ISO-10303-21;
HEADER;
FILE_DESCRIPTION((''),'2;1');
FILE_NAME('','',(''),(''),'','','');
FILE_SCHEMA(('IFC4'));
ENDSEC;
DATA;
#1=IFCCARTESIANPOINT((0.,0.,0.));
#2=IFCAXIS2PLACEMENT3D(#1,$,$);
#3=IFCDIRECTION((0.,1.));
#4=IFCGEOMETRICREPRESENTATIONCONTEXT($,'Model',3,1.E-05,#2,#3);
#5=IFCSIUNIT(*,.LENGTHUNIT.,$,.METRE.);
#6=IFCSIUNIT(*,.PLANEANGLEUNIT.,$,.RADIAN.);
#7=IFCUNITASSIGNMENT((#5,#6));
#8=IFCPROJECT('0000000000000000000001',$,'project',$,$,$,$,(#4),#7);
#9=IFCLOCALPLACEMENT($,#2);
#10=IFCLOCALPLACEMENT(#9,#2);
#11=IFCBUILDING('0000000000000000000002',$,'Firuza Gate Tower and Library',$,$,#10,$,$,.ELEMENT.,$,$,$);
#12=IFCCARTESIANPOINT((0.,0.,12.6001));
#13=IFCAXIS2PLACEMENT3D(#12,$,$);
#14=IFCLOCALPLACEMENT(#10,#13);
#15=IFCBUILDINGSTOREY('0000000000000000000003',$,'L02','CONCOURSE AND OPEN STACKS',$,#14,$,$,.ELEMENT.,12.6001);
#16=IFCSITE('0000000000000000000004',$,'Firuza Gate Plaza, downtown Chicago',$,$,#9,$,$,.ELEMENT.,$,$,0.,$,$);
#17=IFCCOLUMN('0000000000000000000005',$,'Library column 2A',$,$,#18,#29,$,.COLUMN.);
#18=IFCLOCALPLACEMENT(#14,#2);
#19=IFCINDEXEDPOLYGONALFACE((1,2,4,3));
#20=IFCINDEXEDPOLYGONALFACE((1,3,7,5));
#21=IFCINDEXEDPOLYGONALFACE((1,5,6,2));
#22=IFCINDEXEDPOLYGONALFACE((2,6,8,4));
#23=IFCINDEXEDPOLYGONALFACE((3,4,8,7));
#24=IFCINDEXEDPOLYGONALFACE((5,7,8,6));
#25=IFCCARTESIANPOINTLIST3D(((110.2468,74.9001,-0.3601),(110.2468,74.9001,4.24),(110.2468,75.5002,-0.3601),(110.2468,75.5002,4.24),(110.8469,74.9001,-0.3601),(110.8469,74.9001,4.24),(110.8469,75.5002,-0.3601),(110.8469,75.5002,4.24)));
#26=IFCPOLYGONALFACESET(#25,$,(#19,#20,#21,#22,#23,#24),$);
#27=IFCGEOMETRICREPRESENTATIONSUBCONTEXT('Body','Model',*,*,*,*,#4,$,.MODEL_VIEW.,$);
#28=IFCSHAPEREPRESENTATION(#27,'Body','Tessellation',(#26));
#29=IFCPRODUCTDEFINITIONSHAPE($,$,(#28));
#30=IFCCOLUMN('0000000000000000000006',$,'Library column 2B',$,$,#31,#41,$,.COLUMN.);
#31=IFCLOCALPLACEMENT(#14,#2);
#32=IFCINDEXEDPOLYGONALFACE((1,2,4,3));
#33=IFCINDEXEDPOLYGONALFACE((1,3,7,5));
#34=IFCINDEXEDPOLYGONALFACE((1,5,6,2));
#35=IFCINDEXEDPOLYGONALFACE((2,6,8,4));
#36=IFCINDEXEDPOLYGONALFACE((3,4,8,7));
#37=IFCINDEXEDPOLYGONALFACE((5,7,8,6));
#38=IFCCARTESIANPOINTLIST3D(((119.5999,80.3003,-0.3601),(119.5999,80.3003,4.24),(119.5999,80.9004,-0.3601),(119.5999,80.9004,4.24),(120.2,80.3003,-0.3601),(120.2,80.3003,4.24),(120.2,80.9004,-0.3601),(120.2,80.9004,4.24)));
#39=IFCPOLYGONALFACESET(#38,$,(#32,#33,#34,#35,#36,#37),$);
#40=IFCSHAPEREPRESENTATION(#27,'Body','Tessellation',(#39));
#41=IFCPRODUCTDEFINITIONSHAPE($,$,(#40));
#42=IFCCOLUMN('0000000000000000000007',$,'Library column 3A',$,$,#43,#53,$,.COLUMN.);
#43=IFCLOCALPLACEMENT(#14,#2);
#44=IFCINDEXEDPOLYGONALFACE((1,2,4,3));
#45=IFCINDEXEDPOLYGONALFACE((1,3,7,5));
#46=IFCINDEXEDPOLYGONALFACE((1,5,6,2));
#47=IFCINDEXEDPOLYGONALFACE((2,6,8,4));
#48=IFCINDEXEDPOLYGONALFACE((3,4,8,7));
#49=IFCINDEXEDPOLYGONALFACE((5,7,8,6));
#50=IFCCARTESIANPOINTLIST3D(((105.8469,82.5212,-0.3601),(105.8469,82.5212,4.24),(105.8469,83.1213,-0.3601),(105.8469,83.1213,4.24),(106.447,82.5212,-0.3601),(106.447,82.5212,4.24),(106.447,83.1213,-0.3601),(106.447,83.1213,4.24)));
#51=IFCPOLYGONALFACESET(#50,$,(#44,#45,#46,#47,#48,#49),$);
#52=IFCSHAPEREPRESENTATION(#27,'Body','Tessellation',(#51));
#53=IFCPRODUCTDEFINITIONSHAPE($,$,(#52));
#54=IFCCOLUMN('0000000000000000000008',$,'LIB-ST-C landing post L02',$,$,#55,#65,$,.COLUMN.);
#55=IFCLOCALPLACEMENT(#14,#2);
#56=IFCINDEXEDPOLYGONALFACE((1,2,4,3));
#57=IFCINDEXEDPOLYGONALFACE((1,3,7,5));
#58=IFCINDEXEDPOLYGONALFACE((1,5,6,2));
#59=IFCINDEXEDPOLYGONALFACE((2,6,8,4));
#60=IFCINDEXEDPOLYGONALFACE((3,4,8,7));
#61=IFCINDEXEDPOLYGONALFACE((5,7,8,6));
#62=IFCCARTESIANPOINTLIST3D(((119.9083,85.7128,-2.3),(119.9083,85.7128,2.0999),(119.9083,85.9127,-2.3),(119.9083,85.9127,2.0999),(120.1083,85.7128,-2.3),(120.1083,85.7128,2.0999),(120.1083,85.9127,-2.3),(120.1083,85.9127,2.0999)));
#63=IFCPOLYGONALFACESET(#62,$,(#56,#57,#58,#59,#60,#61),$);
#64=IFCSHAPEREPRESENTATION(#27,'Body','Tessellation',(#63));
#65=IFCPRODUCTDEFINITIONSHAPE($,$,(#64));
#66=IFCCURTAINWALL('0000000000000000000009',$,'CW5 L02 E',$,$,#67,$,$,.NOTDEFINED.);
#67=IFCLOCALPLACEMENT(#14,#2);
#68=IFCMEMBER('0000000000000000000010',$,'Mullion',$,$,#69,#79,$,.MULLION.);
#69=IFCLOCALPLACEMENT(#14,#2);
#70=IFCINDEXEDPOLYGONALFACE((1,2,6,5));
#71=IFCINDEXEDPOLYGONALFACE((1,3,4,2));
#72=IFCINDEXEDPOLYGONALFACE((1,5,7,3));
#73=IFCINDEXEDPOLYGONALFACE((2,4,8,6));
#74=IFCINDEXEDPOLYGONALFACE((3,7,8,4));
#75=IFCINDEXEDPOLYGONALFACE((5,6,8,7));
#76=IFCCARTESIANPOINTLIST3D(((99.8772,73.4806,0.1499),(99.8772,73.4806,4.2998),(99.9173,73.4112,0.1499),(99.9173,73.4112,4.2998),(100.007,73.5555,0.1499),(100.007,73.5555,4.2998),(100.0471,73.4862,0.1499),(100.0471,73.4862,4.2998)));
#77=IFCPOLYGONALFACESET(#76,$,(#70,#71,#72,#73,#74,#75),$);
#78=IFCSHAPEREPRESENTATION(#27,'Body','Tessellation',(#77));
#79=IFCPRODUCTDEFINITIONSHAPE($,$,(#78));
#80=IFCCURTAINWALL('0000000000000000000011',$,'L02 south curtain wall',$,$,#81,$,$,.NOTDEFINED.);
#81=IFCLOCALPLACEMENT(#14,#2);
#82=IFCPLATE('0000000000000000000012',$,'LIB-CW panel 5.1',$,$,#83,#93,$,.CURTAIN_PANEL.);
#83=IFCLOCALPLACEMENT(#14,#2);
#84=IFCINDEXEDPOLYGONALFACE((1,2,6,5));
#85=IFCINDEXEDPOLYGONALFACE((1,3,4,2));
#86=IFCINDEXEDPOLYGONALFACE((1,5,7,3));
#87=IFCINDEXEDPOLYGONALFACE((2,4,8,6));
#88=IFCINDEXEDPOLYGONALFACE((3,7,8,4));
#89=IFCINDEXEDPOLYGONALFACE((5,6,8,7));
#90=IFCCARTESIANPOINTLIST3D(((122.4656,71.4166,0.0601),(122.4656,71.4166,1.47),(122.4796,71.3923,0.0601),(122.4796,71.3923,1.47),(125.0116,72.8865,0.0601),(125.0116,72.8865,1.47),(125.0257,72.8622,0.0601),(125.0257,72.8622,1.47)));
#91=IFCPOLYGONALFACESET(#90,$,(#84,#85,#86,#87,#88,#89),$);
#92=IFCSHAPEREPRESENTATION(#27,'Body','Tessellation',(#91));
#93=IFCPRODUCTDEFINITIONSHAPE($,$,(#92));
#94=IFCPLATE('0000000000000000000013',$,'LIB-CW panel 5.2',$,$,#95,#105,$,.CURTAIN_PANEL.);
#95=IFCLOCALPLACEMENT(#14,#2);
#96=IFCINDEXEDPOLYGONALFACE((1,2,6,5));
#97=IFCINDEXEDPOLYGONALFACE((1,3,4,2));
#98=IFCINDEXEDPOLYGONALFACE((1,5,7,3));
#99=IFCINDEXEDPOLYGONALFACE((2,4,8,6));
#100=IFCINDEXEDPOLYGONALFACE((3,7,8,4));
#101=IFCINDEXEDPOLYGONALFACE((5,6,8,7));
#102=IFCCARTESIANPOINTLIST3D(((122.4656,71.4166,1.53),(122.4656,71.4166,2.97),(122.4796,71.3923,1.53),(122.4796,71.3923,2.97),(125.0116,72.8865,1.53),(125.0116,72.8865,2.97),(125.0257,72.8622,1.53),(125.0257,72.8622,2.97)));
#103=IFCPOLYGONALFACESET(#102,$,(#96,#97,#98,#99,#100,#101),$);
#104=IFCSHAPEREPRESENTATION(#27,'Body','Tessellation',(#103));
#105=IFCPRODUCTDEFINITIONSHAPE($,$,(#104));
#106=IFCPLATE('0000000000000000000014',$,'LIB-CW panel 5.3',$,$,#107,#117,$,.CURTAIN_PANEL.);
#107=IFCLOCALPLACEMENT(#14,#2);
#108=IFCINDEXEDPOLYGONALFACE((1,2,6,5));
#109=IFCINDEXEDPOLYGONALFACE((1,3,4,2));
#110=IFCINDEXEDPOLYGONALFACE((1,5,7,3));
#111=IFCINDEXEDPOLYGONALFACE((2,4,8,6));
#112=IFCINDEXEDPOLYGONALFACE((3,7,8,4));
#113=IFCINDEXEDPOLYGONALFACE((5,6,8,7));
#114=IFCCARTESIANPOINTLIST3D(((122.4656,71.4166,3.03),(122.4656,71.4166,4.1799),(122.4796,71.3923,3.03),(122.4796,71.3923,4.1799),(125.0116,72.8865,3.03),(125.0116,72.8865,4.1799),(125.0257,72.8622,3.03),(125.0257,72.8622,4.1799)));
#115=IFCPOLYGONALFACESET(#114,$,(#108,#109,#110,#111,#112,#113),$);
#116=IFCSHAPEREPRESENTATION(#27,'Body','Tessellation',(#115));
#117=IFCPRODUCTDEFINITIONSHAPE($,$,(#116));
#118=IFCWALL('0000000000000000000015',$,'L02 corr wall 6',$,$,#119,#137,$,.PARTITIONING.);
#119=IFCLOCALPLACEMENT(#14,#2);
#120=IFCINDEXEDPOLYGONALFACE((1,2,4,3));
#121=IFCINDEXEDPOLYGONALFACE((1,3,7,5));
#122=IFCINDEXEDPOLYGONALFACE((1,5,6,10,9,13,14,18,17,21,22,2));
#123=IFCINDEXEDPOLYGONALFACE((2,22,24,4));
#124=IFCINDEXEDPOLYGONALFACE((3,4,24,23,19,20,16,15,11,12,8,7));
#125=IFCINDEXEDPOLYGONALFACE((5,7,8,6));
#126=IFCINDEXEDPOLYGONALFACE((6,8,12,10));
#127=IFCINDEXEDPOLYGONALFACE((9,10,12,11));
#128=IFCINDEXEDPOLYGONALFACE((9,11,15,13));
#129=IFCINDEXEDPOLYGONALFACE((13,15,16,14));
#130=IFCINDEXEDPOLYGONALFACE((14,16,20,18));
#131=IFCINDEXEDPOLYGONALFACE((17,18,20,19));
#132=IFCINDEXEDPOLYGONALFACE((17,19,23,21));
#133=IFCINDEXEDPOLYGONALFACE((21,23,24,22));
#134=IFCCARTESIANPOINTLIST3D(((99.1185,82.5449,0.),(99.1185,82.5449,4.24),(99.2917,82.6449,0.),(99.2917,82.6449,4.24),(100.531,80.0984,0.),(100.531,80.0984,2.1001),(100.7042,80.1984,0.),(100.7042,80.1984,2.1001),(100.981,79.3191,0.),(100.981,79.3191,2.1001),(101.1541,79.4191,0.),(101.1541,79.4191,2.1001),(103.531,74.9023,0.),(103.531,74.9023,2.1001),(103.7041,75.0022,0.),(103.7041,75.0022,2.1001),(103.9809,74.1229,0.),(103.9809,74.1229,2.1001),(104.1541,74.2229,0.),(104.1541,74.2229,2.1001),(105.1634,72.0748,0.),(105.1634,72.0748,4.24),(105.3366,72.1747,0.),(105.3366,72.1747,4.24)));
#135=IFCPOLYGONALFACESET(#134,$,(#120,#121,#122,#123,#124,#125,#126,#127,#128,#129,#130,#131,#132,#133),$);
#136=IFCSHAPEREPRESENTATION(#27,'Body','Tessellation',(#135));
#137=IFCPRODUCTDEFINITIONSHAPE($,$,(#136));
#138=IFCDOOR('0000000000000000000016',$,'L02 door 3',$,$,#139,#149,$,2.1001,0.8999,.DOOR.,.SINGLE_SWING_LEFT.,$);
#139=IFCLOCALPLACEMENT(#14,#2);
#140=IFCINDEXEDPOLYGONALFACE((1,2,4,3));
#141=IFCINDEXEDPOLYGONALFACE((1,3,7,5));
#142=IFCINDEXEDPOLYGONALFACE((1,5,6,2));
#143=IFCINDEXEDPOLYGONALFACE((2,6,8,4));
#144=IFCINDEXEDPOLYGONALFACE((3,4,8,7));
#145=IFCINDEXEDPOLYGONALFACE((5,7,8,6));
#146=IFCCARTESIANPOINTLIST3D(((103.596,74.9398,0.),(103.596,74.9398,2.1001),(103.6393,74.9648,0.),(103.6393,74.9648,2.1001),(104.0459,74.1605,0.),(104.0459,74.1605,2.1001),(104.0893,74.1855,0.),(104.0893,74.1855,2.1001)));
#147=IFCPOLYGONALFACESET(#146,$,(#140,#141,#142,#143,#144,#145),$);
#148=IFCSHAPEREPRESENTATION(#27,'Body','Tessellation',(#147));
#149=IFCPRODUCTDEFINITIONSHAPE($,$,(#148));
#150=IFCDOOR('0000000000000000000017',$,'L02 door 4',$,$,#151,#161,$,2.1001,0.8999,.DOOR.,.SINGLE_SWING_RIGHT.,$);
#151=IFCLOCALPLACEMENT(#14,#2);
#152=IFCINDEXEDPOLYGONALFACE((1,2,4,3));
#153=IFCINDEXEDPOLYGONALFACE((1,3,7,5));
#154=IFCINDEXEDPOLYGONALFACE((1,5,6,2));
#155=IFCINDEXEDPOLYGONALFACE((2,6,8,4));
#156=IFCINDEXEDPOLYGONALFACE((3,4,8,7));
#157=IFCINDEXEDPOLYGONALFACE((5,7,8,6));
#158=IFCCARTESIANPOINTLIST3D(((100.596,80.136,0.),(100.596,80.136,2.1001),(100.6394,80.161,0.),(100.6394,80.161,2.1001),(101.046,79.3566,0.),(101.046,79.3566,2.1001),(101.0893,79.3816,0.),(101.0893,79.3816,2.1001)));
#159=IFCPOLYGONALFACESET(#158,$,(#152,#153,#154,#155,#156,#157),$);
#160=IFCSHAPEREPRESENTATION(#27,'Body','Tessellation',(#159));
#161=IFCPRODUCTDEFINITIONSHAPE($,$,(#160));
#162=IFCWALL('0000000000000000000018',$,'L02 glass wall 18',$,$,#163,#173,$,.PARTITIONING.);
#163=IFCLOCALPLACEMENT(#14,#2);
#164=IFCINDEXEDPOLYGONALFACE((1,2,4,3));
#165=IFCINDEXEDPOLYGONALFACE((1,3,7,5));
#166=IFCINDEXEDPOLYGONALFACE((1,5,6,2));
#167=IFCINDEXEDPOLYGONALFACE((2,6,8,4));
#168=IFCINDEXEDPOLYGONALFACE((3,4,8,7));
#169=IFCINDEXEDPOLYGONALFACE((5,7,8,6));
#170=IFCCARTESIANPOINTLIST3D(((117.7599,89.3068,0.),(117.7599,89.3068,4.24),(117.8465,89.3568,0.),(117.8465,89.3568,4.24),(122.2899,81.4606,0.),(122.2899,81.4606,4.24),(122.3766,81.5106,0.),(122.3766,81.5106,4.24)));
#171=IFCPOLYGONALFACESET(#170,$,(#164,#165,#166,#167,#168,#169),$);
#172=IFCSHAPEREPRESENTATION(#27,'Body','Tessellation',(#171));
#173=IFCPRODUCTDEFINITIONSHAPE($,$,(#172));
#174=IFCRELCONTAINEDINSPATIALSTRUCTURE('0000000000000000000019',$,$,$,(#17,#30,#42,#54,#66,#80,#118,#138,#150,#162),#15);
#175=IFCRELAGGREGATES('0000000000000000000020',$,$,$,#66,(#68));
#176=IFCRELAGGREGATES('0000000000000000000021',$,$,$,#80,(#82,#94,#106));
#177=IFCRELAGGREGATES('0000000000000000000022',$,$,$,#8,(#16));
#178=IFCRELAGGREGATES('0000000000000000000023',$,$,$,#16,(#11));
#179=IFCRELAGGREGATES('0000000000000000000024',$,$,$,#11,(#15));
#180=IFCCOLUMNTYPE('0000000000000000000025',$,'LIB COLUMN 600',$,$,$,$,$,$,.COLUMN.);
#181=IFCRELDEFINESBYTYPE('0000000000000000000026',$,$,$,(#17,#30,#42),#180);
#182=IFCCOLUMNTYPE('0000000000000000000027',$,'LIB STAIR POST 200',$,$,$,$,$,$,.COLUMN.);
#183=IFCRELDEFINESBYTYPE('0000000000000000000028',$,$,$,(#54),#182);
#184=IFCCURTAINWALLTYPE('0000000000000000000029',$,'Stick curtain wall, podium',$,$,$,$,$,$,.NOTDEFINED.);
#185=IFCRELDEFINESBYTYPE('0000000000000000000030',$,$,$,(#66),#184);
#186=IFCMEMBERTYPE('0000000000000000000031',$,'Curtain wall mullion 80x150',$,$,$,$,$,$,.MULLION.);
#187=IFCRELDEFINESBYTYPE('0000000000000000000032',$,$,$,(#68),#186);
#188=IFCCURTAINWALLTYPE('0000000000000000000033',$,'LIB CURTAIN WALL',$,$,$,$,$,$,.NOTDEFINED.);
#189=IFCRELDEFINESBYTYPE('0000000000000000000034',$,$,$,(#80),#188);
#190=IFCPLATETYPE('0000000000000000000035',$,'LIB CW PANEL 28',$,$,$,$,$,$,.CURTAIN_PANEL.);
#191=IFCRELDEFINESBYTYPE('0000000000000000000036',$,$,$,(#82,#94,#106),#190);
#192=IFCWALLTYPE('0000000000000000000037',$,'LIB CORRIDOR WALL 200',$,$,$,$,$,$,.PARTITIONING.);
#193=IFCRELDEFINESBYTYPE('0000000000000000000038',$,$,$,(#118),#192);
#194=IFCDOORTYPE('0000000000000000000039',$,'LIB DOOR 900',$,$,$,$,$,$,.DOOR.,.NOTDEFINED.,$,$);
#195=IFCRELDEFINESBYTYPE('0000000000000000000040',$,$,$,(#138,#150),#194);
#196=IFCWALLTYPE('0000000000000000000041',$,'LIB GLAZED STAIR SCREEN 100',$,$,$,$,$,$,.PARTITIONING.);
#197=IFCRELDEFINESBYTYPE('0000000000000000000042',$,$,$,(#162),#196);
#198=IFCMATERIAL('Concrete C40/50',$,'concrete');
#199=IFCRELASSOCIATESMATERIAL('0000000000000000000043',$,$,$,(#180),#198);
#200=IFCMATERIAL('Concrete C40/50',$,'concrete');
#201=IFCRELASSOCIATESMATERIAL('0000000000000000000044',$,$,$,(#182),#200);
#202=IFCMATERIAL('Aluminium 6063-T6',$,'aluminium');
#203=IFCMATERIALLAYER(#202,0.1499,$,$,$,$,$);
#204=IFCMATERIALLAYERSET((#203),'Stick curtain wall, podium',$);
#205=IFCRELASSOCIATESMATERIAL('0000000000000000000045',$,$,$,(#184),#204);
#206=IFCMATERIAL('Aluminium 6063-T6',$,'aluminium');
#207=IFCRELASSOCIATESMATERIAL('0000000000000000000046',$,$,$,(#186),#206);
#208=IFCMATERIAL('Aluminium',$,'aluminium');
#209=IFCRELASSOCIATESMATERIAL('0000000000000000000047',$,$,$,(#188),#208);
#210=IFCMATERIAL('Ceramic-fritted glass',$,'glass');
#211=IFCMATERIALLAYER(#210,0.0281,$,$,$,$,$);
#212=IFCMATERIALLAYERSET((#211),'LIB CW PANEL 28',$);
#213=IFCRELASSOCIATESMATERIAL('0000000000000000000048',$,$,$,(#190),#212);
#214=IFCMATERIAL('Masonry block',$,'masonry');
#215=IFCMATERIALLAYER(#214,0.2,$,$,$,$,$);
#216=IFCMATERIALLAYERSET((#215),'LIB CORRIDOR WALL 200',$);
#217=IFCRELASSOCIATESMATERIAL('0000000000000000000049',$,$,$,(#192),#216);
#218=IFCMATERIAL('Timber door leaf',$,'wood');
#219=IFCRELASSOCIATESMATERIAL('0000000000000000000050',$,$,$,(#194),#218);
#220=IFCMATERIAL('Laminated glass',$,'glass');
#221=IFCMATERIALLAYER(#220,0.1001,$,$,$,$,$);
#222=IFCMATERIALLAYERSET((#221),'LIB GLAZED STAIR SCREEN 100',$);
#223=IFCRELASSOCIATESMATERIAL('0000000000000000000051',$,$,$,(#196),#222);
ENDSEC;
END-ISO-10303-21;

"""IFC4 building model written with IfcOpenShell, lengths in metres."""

from ifc_helpers import new_model, si_unit, direction, frame, frame_2d, origin, origin_2d, place, context, subcontext, project, spatial, rectangle, extrude, material, layer, layer_set, material_profile, profile_set, type_object, element, fill, aggregate, save


model = new_model("IFC4")

# Units and contexts
model_context = context("Model", 3, precision=1e-05, world=origin(), true_north=direction((0.0, 1.0)))
body_context = subcontext(model_context, "Body", "Model", "MODEL_VIEW")
ifc_project = project(units=[si_unit("LENGTHUNIT", "METRE"), si_unit("PLANEANGLEUNIT", "RADIAN")], contexts=[model_context])

# Site, building, storey
site_placement = place(None, origin())
site = spatial("IfcSite", under=ifc_project, at=site_placement, Name="Firuza Gate Plaza, downtown Chicago", CompositionType="ELEMENT", RefElevation=0.0)
building_placement = place(site_placement, origin())
building = spatial("IfcBuilding", under=site, at=building_placement, Name="Firuza Gate Tower and Library", CompositionType="ELEMENT")
storey_placement = place(building_placement, frame((0.0, 0.0, 12.6001)))
storey = spatial("IfcBuildingStorey", under=building, at=storey_placement, Name="L02", Description="CONCOURSE AND OPEN STACKS", CompositionType="ELEMENT", Elevation=12.6001)

# Columns
ifc_material_1 = material(Name="Concrete C40/50", Category="concrete")
ifc_material_profile_1 = material_profile(ifc_material_1, rectangle(XDim=0.6001, YDim=0.6001, at=origin_2d()))
ifc_profile_set_1 = profile_set([ifc_material_profile_1], Name="Concrete C40/50")
column_type_1 = type_object("IfcColumnType", Name="LIB COLUMN 600", PredefinedType="COLUMN", material=ifc_profile_set_1)
for number, where, z_axis, x_axis, name in (
    (1, (110.5469, 75.2002, -0.3601), (0.0, 0.0, 1.0), (1.0, 0.0, 0.0), "Library column 2A"),
    (2, (119.8999, 80.6003, -0.3601), (0.0, 0.0, 1.0), (1.0, 0.0, 0.0), "Library column 2B"),
    (3, (106.147, 82.8213, -0.3601), (0.0, 0.0, 1.0), (1.0, 0.0, 0.0), "Library column 3A"),
):
    element("IfcColumn", number, at=place(storey_placement, frame(where, z_axis=z_axis, x_axis=x_axis)), inside=storey, type_object=column_type_1, Name=name, PredefinedType="COLUMN", context=body_context, shape_type="SweptSolid", body=[
        extrude(rectangle(XDim=0.6001, YDim=0.6001, at=origin_2d()), origin(), (0.0, 0.0, 1.0), 4.6001),
    ])
ifc_material_2 = material(Name="Concrete C40/50", Category="concrete")
ifc_material_profile_2 = material_profile(ifc_material_2, rectangle(XDim=0.2, YDim=0.2, at=origin_2d()))
ifc_profile_set_2 = profile_set([ifc_material_profile_2], Name="Concrete C40/50")
column_type_2 = type_object("IfcColumnType", Name="LIB STAIR POST 200", PredefinedType="COLUMN", material=ifc_profile_set_2)
column_placement = place(storey_placement, frame((120.0083, 85.8127, -2.3), z_axis=(0.0, 0.0, 1.0), x_axis=(1.0, 0.0, 0.0)))
element("IfcColumn", 4, at=column_placement, inside=storey, type_object=column_type_2, Name="LIB-ST-C landing post L02", PredefinedType="COLUMN", context=body_context, shape_type="SweptSolid", body=[
    extrude(rectangle(XDim=0.2, YDim=0.2, at=origin_2d()), origin(), (0.0, 0.0, 1.0), 4.3999),
])

# Curtain wall, member
ifc_material_3 = material(Name="Aluminium 6063-T6", Category="aluminium")
ifc_layer_1 = layer(ifc_material_3, 0.1499)
ifc_layer_set_1 = layer_set([ifc_layer_1], Name="Stick curtain wall, podium")
curtain_wall_type_1 = type_object("IfcCurtainWallType", Name="Stick curtain wall, podium", PredefinedType="NOTDEFINED", material=ifc_layer_set_1)
placement = place(storey_placement, origin())
curtain_wall_1 = element("IfcCurtainWall", 5, at=placement, inside=storey, type_object=curtain_wall_type_1, Name="CW5 L02 E", PredefinedType="NOTDEFINED")
ifc_material_4 = material(Name="Aluminium 6063-T6", Category="aluminium")
ifc_material_profile_3 = material_profile(ifc_material_4, rectangle(XDim=0.1499, YDim=0.0801, at=origin_2d()))
ifc_profile_set_3 = profile_set([ifc_material_profile_3], Name="Aluminium 6063-T6")
member_type = type_object("IfcMemberType", Name="Curtain wall mullion 80x150", PredefinedType="MULLION", material=ifc_profile_set_3)
member_placement = place(storey_placement, frame((99.9622, 73.4834, 0.1499), z_axis=(0.0, 0.0, 1.0), x_axis=(-0.866025, -0.5, 0.0)))
member = element("IfcMember", 6, at=member_placement, type_object=member_type, Name="Mullion", PredefinedType="MULLION", context=body_context, shape_type="SweptSolid", body=[
    extrude(rectangle(XDim=0.1499, YDim=0.0801, at=origin_2d()), origin(), (0.0, 0.0, 1.0), 4.1499),
])
aggregate(curtain_wall_1, [member])

# Curtain wall, plates
ifc_material_5 = material(Name="Aluminium", Category="aluminium")
curtain_wall_type_2 = type_object("IfcCurtainWallType", Name="LIB CURTAIN WALL", PredefinedType="NOTDEFINED", material=ifc_material_5)
curtain_wall_2 = element("IfcCurtainWall", 7, at=placement, inside=storey, type_object=curtain_wall_type_2, Name="L02 south curtain wall", PredefinedType="NOTDEFINED")
ifc_material_6 = material(Name="Ceramic-fritted glass", Category="glass")
ifc_layer_2 = layer(ifc_material_6, 0.0281)
ifc_layer_set_2 = layer_set([ifc_layer_2], Name="LIB CW PANEL 28")
plate_type = type_object("IfcPlateType", Name="LIB CW PANEL 28", PredefinedType="CURTAIN_PANEL", material=ifc_layer_set_2)
plate_1_placement = place(storey_placement, frame((123.7456, 72.1394, 0.0601), z_axis=(0.0, 0.0, 1.0), x_axis=(0.866025, 0.500001, 0.0)))
plate_1 = element("IfcPlate", 8, at=plate_1_placement, type_object=plate_type, Name="LIB-CW panel 5.1", PredefinedType="CURTAIN_PANEL", context=body_context, shape_type="SweptSolid", body=[
    extrude(rectangle(XDim=2.9399, YDim=0.0281, at=origin_2d()), origin(), (0.0, 0.0, 1.0), 1.4099),
])
plate_2_placement = place(storey_placement, frame((123.7456, 72.1394, 1.53), z_axis=(0.0, 0.0, 1.0), x_axis=(0.866025, 0.500001, 0.0)))
plate_2 = element("IfcPlate", 9, at=plate_2_placement, type_object=plate_type, Name="LIB-CW panel 5.2", PredefinedType="CURTAIN_PANEL", context=body_context, shape_type="SweptSolid", body=[
    extrude(rectangle(XDim=2.9399, YDim=0.0281, at=origin_2d()), origin(), (0.0, 0.0, 1.0), 1.4399),
])
plate_3_placement = place(storey_placement, frame((123.7456, 72.1394, 3.03), z_axis=(0.0, 0.0, 1.0), x_axis=(0.866025, 0.500001, 0.0)))
plate_3 = element("IfcPlate", 10, at=plate_3_placement, type_object=plate_type, Name="LIB-CW panel 5.3", PredefinedType="CURTAIN_PANEL", context=body_context, shape_type="SweptSolid", body=[
    extrude(rectangle(XDim=2.9399, YDim=0.0281, at=origin_2d()), origin(), (0.0, 0.0, 1.0), 1.1499),
])
aggregate(curtain_wall_2, [plate_1, plate_2, plate_3])

# Wall, openings, doors
ifc_material_7 = material(Name="Masonry block", Category="masonry")
ifc_layer_3 = layer(ifc_material_7, 0.2)
ifc_layer_set_3 = layer_set([ifc_layer_3], Name="LIB CORRIDOR WALL 200")
wall_type_1 = type_object("IfcWallType", Name="LIB CORRIDOR WALL 200", PredefinedType="PARTITIONING", material=ifc_layer_set_3)
wall_1_placement = place(storey_placement, frame((105.25, 72.1248, 0.0), z_axis=(0.0, 0.0, 1.0), x_axis=(-0.499996, 0.866028, 0.0)))
wall_1 = element("IfcWall", 11, at=wall_1_placement, inside=storey, type_object=wall_type_1, Name="L02 corr wall 6", PredefinedType="PARTITIONING", context=body_context, shape_type="SweptSolid", body=[
    extrude(rectangle(XDim=12.0898, YDim=0.2, at=frame_2d((6.0449, 0.0))), origin(), (0.0, 0.0, 1.0), 4.24),
])
opening_1_placement = place(wall_1_placement, frame((2.365, 0.0, 0.0)))
opening_1 = element("IfcOpeningElement", 12, at=opening_1_placement, cuts=wall_1, PredefinedType="OPENING", context=body_context, shape_type="SweptSolid", body=[
    extrude(rectangle(XDim=0.8999, YDim=2.1001, at=frame_2d((0.45, 1.05))), frame((0.0, 0.1099, 0.0), z_axis=(0.0, -1.0, 0.0), x_axis=(1.0, 0.0, 0.0)), (0.0, 0.0, 1.0), 0.22),
])
opening_2_placement = place(wall_1_placement, frame((8.365, 0.0, 0.0)))
opening_2 = element("IfcOpeningElement", 13, at=opening_2_placement, cuts=wall_1, PredefinedType="OPENING", context=body_context, shape_type="SweptSolid", body=[
    extrude(rectangle(XDim=0.8999, YDim=2.1001, at=frame_2d((0.45, 1.05))), frame((0.0, 0.1099, 0.0), z_axis=(0.0, -1.0, 0.0), x_axis=(1.0, 0.0, 0.0)), (0.0, 0.0, 1.0), 0.22),
])
ifc_material_8 = material(Name="Timber door leaf", Category="wood")
door_type_1 = type_object("IfcDoorType", Name="LIB DOOR 900", OperationType="NOTDEFINED", PredefinedType="DOOR", material=ifc_material_8)
door_1_placement = place(opening_1_placement, origin())
door_1 = element("IfcDoor", 14, at=door_1_placement, inside=storey, type_object=door_type_1, Name="L02 door 3", OperationType="SINGLE_SWING_LEFT", OverallHeight=2.1001, OverallWidth=0.8999, PredefinedType="DOOR", context=body_context, shape_type="SweptSolid", body=[
    extrude(rectangle(XDim=0.8999, YDim=2.1001, at=frame_2d((0.45, 1.05))), frame((0.0, 0.0249, 0.0), z_axis=(0.0, -1.0, 0.0), x_axis=(1.0, 0.0, 0.0)), (0.0, 0.0, 1.0), 0.05),
])
fill(opening_1, door_1)
door_2_placement = place(opening_2_placement, origin())
door_2 = element("IfcDoor", 15, at=door_2_placement, inside=storey, type_object=door_type_1, Name="L02 door 4", OperationType="SINGLE_SWING_RIGHT", OverallHeight=2.1001, OverallWidth=0.8999, PredefinedType="DOOR", context=body_context, shape_type="SweptSolid", body=[
    extrude(rectangle(XDim=0.8999, YDim=2.1001, at=frame_2d((0.45, 1.05))), frame((0.0, 0.0249, 0.0), z_axis=(0.0, -1.0, 0.0), x_axis=(1.0, 0.0, 0.0)), (0.0, 0.0, 1.0), 0.05),
])
fill(opening_2, door_2)

# Wall
ifc_material_9 = material(Name="Laminated glass", Category="glass")
ifc_layer_4 = layer(ifc_material_9, 0.1001)
ifc_layer_set_4 = layer_set([ifc_layer_4], Name="LIB GLAZED STAIR SCREEN 100")
wall_type_2 = type_object("IfcWallType", Name="LIB GLAZED STAIR SCREEN 100", PredefinedType="PARTITIONING", material=ifc_layer_set_4)
wall_2_placement = place(storey_placement, frame((122.3333, 81.4856, 0.0), z_axis=(0.0, 0.0, 1.0), x_axis=(-0.500002, 0.866024, 0.0)))
element("IfcWall", 16, at=wall_2_placement, inside=storey, type_object=wall_type_2, Name="L02 glass wall 18", PredefinedType="PARTITIONING", context=body_context, shape_type="SweptSolid", body=[
    extrude(rectangle(XDim=9.0601, YDim=0.1001, at=frame_2d((4.53, 0.0))), origin(), (0.0, 0.0, 1.0), 4.24),
])

save(model, "model.ifc")
